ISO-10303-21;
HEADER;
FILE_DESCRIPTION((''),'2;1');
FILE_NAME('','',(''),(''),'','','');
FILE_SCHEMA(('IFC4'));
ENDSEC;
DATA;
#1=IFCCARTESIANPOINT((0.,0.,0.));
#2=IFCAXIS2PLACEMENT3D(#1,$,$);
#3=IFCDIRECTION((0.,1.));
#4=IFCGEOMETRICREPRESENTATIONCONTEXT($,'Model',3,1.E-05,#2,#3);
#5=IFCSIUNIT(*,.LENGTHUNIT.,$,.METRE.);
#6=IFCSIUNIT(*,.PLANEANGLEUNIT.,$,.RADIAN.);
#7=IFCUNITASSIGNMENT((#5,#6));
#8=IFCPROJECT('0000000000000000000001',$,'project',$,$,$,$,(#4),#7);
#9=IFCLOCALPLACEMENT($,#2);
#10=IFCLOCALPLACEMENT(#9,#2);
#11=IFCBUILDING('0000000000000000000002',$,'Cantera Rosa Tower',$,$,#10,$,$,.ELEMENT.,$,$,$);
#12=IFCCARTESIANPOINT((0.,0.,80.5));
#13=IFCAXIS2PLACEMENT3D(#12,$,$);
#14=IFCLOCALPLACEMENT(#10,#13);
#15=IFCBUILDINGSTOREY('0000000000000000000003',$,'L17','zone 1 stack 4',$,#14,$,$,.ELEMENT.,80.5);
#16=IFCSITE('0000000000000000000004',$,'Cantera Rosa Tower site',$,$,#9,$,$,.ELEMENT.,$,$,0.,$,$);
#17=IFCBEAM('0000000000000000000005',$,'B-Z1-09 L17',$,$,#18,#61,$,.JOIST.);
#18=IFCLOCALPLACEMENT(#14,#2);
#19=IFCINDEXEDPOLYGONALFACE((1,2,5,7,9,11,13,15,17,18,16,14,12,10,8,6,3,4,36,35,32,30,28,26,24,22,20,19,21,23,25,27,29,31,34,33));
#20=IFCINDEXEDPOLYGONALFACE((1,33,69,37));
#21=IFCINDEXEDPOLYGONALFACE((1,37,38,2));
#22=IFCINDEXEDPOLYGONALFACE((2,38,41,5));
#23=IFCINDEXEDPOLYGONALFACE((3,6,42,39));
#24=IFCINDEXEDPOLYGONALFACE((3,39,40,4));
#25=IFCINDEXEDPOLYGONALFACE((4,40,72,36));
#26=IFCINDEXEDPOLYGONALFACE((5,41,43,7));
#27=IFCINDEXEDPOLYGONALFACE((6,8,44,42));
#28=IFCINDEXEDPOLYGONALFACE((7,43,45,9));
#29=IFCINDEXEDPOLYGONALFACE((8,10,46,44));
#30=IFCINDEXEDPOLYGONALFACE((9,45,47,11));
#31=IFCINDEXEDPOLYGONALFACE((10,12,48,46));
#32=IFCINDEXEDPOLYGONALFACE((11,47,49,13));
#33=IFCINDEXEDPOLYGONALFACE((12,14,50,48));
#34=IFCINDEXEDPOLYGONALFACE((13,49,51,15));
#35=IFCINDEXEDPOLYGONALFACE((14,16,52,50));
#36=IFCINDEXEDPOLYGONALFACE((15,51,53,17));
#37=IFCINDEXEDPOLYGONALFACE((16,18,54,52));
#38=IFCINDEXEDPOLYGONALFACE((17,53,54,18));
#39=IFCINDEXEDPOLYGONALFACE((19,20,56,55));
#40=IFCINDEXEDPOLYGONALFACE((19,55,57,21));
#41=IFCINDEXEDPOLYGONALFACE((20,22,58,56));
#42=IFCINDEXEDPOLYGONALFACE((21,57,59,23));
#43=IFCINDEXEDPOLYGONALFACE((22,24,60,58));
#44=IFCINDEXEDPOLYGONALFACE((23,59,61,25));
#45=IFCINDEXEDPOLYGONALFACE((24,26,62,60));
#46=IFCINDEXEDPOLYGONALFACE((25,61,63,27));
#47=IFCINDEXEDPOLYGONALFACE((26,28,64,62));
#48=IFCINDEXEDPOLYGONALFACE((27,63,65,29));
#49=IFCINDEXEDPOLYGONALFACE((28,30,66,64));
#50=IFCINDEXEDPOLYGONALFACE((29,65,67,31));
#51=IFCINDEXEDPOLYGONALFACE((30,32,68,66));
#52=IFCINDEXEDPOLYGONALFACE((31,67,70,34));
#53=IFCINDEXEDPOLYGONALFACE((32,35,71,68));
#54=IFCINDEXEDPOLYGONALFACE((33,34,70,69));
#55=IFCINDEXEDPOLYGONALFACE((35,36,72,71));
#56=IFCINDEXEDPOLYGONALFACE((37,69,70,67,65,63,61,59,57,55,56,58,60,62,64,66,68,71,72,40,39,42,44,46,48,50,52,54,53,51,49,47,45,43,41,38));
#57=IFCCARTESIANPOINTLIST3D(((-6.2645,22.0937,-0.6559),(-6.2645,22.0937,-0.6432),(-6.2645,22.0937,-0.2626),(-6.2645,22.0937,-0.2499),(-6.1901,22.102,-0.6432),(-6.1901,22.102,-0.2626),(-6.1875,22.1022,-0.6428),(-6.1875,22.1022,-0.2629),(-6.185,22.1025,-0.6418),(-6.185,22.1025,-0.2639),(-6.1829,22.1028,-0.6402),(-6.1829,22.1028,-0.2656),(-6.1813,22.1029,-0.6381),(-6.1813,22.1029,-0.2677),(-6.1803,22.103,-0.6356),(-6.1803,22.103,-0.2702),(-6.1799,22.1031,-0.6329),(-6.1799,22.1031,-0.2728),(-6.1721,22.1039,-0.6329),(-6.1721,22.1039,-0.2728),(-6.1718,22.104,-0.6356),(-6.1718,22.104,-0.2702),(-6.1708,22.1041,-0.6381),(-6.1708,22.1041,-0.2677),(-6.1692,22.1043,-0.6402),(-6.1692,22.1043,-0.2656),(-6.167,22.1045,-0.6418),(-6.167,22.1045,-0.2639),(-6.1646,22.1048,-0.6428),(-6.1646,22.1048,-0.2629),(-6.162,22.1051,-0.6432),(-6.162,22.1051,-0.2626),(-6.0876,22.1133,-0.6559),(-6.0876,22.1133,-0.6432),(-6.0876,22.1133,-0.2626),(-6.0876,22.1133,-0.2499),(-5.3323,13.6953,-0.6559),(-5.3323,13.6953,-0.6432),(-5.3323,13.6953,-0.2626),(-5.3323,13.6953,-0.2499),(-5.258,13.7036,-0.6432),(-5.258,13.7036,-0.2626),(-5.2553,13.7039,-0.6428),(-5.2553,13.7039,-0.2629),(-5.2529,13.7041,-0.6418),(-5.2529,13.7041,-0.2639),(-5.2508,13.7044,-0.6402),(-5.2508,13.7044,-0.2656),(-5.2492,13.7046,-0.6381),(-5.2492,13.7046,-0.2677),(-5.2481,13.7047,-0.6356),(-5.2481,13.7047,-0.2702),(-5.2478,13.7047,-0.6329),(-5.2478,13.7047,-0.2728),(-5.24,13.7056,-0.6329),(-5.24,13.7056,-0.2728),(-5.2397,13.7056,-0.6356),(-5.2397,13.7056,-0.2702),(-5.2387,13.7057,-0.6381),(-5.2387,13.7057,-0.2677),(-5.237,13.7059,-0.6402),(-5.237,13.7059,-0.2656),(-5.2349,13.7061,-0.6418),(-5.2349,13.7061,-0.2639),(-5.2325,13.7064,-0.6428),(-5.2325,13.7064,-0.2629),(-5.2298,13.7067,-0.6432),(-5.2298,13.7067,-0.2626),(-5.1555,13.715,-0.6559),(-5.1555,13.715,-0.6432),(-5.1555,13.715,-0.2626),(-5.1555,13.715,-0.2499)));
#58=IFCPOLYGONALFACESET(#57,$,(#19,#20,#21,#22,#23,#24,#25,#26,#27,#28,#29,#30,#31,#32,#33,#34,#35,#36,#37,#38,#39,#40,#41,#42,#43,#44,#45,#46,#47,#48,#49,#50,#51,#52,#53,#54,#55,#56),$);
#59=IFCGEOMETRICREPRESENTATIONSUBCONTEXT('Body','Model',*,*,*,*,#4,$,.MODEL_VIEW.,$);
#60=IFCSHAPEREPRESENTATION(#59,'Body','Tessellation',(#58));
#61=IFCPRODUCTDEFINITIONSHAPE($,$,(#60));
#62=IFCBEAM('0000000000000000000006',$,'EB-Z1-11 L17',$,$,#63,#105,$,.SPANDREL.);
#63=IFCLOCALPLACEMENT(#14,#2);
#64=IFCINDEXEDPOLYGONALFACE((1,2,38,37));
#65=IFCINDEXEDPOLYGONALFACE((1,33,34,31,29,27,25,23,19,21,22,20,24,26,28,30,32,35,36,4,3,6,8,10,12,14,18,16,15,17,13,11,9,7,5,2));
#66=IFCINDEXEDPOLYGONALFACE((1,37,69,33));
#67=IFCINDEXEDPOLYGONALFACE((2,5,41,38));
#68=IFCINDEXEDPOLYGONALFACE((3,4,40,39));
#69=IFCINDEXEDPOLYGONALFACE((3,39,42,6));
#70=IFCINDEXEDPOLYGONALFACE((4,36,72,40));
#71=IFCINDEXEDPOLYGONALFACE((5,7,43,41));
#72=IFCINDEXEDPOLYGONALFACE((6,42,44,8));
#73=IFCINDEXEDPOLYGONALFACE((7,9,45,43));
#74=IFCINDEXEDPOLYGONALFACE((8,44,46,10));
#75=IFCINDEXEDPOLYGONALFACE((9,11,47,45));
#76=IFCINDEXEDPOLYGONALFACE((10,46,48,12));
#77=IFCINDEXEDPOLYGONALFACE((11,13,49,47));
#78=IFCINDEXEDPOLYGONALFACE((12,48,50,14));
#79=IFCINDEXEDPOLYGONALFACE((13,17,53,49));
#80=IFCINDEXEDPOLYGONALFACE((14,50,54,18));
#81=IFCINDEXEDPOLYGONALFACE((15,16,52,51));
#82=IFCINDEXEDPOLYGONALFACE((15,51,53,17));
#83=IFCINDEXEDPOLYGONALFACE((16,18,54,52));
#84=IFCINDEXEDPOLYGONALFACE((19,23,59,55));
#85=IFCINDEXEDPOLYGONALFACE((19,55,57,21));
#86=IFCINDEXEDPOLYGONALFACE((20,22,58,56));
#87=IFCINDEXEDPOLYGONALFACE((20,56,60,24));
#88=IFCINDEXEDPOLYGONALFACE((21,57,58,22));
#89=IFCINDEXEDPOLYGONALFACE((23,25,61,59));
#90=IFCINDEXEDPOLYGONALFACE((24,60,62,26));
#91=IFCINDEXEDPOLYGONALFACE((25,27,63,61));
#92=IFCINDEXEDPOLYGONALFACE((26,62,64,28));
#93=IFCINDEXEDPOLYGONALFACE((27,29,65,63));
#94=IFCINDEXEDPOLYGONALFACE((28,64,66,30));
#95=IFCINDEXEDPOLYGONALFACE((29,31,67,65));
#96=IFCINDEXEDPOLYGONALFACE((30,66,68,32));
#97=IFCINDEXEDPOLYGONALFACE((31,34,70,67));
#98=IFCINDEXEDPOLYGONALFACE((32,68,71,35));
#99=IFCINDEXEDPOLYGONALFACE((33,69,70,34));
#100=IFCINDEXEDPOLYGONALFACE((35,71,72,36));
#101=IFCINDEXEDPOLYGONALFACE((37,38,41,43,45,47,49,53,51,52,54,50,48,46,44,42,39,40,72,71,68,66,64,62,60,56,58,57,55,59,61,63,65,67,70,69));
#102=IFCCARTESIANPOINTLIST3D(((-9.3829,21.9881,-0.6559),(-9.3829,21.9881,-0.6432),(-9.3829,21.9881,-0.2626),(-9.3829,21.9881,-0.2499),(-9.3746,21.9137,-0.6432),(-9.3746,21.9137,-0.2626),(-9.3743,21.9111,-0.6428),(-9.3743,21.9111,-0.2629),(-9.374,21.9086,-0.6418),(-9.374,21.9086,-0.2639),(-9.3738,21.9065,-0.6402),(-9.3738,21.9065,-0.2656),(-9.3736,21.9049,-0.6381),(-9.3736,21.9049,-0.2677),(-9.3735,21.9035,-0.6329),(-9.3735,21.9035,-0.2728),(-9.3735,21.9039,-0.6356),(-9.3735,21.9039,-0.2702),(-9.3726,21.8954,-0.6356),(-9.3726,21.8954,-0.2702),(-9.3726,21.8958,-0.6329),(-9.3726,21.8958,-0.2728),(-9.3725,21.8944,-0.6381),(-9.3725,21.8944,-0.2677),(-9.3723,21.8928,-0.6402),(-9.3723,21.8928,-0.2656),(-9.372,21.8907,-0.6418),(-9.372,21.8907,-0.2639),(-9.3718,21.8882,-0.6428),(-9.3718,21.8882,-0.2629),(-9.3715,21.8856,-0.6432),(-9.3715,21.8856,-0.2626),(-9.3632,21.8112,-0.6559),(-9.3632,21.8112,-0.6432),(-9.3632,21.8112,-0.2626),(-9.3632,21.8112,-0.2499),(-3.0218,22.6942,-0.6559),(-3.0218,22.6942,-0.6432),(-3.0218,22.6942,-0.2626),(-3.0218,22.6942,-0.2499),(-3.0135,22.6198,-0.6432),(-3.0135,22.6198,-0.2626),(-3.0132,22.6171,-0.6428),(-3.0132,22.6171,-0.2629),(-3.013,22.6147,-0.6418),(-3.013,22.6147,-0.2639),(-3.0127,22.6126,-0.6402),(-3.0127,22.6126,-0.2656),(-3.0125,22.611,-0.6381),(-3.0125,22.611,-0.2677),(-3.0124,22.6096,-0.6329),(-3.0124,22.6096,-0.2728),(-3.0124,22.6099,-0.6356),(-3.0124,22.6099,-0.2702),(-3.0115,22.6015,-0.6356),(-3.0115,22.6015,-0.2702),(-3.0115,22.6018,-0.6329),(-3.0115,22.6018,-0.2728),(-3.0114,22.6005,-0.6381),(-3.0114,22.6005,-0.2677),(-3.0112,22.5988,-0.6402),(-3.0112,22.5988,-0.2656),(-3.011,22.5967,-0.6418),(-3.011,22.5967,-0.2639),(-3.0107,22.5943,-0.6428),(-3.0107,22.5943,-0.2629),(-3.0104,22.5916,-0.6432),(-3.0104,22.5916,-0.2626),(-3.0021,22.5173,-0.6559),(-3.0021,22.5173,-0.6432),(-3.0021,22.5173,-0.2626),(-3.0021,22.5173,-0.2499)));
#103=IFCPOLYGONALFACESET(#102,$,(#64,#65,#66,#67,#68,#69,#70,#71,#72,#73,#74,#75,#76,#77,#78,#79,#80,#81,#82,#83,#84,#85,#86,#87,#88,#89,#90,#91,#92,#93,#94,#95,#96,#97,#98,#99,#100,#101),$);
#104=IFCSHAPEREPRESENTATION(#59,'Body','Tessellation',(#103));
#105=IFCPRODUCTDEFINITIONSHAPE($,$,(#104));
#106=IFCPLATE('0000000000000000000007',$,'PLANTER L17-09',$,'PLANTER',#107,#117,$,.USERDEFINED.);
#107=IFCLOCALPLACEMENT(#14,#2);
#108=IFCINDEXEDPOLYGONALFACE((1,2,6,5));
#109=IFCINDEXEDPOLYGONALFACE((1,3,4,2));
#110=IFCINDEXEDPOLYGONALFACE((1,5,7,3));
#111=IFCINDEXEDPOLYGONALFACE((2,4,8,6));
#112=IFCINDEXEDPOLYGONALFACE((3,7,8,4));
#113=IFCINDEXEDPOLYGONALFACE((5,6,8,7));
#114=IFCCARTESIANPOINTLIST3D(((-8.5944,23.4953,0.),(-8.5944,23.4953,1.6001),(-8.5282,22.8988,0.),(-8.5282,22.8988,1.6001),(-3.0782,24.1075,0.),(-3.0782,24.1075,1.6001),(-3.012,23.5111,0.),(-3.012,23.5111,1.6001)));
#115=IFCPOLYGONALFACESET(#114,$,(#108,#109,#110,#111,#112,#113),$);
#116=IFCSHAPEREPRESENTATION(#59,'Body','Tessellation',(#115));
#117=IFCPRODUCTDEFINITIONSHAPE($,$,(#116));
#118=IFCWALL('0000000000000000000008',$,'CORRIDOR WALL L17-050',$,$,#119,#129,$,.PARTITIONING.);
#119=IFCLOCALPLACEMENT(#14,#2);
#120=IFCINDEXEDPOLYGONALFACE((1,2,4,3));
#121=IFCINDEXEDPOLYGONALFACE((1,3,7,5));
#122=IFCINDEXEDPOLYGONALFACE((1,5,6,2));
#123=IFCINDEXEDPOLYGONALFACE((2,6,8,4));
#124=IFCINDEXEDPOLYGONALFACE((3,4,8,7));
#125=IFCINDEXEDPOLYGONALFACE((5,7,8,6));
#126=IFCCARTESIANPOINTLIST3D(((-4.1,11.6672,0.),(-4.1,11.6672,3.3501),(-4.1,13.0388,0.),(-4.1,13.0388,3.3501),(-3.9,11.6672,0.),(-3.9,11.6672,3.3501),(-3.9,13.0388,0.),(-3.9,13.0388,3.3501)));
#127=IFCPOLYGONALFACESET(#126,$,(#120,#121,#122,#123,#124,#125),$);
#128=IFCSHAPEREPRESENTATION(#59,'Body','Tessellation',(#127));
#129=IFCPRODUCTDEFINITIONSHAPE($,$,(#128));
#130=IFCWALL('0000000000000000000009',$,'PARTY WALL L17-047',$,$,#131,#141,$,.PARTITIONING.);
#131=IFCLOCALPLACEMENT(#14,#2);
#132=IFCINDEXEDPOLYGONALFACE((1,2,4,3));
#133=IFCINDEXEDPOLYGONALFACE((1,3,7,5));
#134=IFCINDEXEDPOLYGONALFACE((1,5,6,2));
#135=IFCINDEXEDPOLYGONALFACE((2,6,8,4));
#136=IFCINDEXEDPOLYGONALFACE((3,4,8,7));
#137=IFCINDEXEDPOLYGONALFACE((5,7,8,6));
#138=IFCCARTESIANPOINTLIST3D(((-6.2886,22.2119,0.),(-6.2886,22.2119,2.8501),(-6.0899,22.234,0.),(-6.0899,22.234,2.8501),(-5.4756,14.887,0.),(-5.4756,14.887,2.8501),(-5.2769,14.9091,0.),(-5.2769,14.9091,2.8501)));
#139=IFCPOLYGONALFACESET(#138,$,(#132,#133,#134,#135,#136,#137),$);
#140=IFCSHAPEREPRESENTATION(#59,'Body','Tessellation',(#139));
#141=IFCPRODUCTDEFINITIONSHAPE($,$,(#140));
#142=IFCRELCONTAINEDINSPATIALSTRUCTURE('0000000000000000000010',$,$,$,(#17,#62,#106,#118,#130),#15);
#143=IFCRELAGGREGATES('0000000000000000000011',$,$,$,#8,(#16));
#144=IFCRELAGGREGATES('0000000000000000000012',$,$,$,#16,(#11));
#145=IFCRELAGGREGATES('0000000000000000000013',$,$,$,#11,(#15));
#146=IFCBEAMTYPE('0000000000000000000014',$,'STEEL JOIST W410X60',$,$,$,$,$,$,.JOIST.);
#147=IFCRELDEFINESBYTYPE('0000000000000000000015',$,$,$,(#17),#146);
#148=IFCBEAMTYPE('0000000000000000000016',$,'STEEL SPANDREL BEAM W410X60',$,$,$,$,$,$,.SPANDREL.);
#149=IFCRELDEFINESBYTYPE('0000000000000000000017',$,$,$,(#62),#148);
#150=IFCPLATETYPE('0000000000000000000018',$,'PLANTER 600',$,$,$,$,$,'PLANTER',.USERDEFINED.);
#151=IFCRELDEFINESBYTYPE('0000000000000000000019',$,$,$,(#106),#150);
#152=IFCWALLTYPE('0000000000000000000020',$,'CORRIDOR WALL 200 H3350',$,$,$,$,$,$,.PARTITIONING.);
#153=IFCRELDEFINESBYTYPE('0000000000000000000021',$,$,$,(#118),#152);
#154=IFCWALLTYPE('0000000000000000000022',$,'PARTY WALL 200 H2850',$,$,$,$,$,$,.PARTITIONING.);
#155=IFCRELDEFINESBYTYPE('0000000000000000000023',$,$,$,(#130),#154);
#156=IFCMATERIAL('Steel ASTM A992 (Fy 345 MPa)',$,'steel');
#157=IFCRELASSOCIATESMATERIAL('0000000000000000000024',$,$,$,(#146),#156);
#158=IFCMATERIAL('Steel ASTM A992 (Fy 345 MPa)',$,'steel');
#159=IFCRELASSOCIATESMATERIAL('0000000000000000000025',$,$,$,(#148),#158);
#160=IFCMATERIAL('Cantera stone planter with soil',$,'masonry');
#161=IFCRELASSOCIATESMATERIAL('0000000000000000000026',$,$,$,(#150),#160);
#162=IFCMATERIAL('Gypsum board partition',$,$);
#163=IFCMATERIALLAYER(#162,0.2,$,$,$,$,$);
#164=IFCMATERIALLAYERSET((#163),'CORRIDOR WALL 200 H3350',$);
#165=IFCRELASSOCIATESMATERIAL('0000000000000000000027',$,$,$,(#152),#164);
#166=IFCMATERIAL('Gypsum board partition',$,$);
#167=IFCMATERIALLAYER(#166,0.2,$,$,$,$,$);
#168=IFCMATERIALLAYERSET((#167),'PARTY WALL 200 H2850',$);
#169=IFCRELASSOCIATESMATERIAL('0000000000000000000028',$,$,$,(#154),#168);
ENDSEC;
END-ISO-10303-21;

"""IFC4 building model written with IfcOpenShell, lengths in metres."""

from ifc_helpers import new_model, si_unit, direction, frame, frame_2d, origin, origin_2d, place, context, subcontext, project, spatial, rectangle, i_section, extrude, material, layer, layer_set, material_profile, profile_set, type_object, element, save


model = new_model("IFC4")

# Units and contexts
model_context = context("Model", 3, precision=1e-05, world=origin(), true_north=direction((0.0, 1.0)))
body_context = subcontext(model_context, "Body", "Model", "MODEL_VIEW")
ifc_project = project(units=[si_unit("LENGTHUNIT", "METRE"), si_unit("PLANEANGLEUNIT", "RADIAN")], contexts=[model_context])

# Site, building, storey
site_placement = place(None, origin())
site = spatial("IfcSite", under=ifc_project, at=site_placement, Name="Cantera Rosa Tower site", CompositionType="ELEMENT", RefElevation=0.0)
building_placement = place(site_placement, origin())
building = spatial("IfcBuilding", under=site, at=building_placement, Name="Cantera Rosa Tower", CompositionType="ELEMENT")
storey_placement = place(building_placement, frame((0.0, 0.0, 80.5)))
storey = spatial("IfcBuildingStorey", under=building, at=storey_placement, Name="L17", Description="zone 1 stack 4", CompositionType="ELEMENT", Elevation=80.5)

# Beams
ifc_material_1 = material(Name="Steel ASTM A992 (Fy 345 MPa)", Category="steel")
ifc_material_profile_1 = material_profile(ifc_material_1, i_section(OverallWidth=0.178, OverallDepth=0.406, WebThickness=0.0078, FlangeThickness=0.0127, FilletRadius=0.0103, at=origin_2d()), Name="W410X60")
ifc_profile_set_1 = profile_set([ifc_material_profile_1], Name="Steel ASTM A992 (Fy 345 MPa)")
beam_type_1 = type_object("IfcBeamType", Name="STEEL JOIST W410X60", PredefinedType="JOIST", material=ifc_profile_set_1)
beam_1_placement = place(storey_placement, frame((-6.176, 22.1035, -0.4529), z_axis=(0.110311, -0.993897, 0.0), x_axis=(0.993897, 0.110311, 0.0)))
element("IfcBeam", 1, at=beam_1_placement, inside=storey, type_object=beam_type_1, Name="B-Z1-09 L17", PredefinedType="JOIST", context=body_context, shape_type="SweptSolid", body=[
    extrude(i_section(OverallWidth=0.178, OverallDepth=0.406, WebThickness=0.0078, FlangeThickness=0.0127, FilletRadius=0.0103, at=origin_2d()), origin(), (0.0, 0.0, 1.0), 8.45),
])
ifc_material_2 = material(Name="Steel ASTM A992 (Fy 345 MPa)", Category="steel")
ifc_material_profile_2 = material_profile(ifc_material_2, i_section(OverallWidth=0.178, OverallDepth=0.406, WebThickness=0.0078, FlangeThickness=0.0127, FilletRadius=0.0103, at=origin_2d()), Name="W410X60")
ifc_profile_set_2 = profile_set([ifc_material_profile_2], Name="Steel ASTM A992 (Fy 345 MPa)")
beam_type_2 = type_object("IfcBeamType", Name="STEEL SPANDREL BEAM W410X60", PredefinedType="SPANDREL", material=ifc_profile_set_2)
beam_2_placement = place(storey_placement, frame((-3.012, 22.6057, -0.4529), z_axis=(-0.993896, -0.110318, 0.0), x_axis=(0.110318, -0.993896, 0.0)))
element("IfcBeam", 2, at=beam_2_placement, inside=storey, type_object=beam_type_2, Name="EB-Z1-11 L17", PredefinedType="SPANDREL", context=body_context, shape_type="SweptSolid", body=[
    extrude(i_section(OverallWidth=0.178, OverallDepth=0.406, WebThickness=0.0078, FlangeThickness=0.0127, FilletRadius=0.0103, at=origin_2d()), origin(), (0.0, 0.0, 1.0), 6.4001),
])

# Plate
ifc_material_3 = material(Name="Cantera stone planter with soil", Category="masonry")
plate_type = type_object("IfcPlateType", Name="PLANTER 600", ElementType="PLANTER", PredefinedType="USERDEFINED", material=ifc_material_3)
plate_placement = place(storey_placement, frame((-5.8032, 23.5032, 0.0), z_axis=(0.0, 0.0, 1.0), x_axis=(-0.993897, -0.110313, 0.0)))
element("IfcPlate", 3, at=plate_placement, inside=storey, type_object=plate_type, Name="PLANTER L17-09", ObjectType="PLANTER", PredefinedType="USERDEFINED", context=body_context, shape_type="SweptSolid", body=[
    extrude(rectangle(XDim=5.55, YDim=0.6001, at=origin_2d()), origin(), (0.0, 0.0, 1.0), 1.6001),
])

# Wall
ifc_material_4 = material(Name="Gypsum board partition")
ifc_layer_1 = layer(ifc_material_4, 0.2)
ifc_layer_set_1 = layer_set([ifc_layer_1], Name="CORRIDOR WALL 200 H3350")
wall_type_1 = type_object("IfcWallType", Name="CORRIDOR WALL 200 H3350", PredefinedType="PARTITIONING", material=ifc_layer_set_1)
wall_1_placement = place(storey_placement, frame((-4.0, 13.0388, 0.0), z_axis=(0.0, 0.0, 1.0), x_axis=(0.0, -1.0, 0.0)))
element("IfcWall", 4, at=wall_1_placement, inside=storey, type_object=wall_type_1, Name="CORRIDOR WALL L17-050", PredefinedType="PARTITIONING", context=body_context, shape_type="SweptSolid", body=[
    extrude(rectangle(XDim=1.3716, YDim=0.2, at=frame_2d((0.6858, 0.0))), origin(), (0.0, 0.0, 1.0), 3.3501),
])

# Wall
ifc_material_5 = material(Name="Gypsum board partition")
ifc_layer_2 = layer(ifc_material_5, 0.2)
ifc_layer_set_2 = layer_set([ifc_layer_2], Name="PARTY WALL 200 H2850")
wall_type_2 = type_object("IfcWallType", Name="PARTY WALL 200 H2850", PredefinedType="PARTITIONING", material=ifc_layer_set_2)
wall_2_placement = place(storey_placement, frame((-5.3762, 14.8979, 0.0), z_axis=(0.0, 0.0, 1.0), x_axis=(-0.110312, 0.993897, 0.0)))
element("IfcWall", 5, at=wall_2_placement, inside=storey, type_object=wall_type_2, Name="PARTY WALL L17-047", PredefinedType="PARTITIONING", context=body_context, shape_type="SweptSolid", body=[
    extrude(rectangle(XDim=7.3699, YDim=0.2, at=frame_2d((3.6851, 0.0))), origin(), (0.0, 0.0, 1.0), 2.8501),
])

save(model, "model.ifc")
